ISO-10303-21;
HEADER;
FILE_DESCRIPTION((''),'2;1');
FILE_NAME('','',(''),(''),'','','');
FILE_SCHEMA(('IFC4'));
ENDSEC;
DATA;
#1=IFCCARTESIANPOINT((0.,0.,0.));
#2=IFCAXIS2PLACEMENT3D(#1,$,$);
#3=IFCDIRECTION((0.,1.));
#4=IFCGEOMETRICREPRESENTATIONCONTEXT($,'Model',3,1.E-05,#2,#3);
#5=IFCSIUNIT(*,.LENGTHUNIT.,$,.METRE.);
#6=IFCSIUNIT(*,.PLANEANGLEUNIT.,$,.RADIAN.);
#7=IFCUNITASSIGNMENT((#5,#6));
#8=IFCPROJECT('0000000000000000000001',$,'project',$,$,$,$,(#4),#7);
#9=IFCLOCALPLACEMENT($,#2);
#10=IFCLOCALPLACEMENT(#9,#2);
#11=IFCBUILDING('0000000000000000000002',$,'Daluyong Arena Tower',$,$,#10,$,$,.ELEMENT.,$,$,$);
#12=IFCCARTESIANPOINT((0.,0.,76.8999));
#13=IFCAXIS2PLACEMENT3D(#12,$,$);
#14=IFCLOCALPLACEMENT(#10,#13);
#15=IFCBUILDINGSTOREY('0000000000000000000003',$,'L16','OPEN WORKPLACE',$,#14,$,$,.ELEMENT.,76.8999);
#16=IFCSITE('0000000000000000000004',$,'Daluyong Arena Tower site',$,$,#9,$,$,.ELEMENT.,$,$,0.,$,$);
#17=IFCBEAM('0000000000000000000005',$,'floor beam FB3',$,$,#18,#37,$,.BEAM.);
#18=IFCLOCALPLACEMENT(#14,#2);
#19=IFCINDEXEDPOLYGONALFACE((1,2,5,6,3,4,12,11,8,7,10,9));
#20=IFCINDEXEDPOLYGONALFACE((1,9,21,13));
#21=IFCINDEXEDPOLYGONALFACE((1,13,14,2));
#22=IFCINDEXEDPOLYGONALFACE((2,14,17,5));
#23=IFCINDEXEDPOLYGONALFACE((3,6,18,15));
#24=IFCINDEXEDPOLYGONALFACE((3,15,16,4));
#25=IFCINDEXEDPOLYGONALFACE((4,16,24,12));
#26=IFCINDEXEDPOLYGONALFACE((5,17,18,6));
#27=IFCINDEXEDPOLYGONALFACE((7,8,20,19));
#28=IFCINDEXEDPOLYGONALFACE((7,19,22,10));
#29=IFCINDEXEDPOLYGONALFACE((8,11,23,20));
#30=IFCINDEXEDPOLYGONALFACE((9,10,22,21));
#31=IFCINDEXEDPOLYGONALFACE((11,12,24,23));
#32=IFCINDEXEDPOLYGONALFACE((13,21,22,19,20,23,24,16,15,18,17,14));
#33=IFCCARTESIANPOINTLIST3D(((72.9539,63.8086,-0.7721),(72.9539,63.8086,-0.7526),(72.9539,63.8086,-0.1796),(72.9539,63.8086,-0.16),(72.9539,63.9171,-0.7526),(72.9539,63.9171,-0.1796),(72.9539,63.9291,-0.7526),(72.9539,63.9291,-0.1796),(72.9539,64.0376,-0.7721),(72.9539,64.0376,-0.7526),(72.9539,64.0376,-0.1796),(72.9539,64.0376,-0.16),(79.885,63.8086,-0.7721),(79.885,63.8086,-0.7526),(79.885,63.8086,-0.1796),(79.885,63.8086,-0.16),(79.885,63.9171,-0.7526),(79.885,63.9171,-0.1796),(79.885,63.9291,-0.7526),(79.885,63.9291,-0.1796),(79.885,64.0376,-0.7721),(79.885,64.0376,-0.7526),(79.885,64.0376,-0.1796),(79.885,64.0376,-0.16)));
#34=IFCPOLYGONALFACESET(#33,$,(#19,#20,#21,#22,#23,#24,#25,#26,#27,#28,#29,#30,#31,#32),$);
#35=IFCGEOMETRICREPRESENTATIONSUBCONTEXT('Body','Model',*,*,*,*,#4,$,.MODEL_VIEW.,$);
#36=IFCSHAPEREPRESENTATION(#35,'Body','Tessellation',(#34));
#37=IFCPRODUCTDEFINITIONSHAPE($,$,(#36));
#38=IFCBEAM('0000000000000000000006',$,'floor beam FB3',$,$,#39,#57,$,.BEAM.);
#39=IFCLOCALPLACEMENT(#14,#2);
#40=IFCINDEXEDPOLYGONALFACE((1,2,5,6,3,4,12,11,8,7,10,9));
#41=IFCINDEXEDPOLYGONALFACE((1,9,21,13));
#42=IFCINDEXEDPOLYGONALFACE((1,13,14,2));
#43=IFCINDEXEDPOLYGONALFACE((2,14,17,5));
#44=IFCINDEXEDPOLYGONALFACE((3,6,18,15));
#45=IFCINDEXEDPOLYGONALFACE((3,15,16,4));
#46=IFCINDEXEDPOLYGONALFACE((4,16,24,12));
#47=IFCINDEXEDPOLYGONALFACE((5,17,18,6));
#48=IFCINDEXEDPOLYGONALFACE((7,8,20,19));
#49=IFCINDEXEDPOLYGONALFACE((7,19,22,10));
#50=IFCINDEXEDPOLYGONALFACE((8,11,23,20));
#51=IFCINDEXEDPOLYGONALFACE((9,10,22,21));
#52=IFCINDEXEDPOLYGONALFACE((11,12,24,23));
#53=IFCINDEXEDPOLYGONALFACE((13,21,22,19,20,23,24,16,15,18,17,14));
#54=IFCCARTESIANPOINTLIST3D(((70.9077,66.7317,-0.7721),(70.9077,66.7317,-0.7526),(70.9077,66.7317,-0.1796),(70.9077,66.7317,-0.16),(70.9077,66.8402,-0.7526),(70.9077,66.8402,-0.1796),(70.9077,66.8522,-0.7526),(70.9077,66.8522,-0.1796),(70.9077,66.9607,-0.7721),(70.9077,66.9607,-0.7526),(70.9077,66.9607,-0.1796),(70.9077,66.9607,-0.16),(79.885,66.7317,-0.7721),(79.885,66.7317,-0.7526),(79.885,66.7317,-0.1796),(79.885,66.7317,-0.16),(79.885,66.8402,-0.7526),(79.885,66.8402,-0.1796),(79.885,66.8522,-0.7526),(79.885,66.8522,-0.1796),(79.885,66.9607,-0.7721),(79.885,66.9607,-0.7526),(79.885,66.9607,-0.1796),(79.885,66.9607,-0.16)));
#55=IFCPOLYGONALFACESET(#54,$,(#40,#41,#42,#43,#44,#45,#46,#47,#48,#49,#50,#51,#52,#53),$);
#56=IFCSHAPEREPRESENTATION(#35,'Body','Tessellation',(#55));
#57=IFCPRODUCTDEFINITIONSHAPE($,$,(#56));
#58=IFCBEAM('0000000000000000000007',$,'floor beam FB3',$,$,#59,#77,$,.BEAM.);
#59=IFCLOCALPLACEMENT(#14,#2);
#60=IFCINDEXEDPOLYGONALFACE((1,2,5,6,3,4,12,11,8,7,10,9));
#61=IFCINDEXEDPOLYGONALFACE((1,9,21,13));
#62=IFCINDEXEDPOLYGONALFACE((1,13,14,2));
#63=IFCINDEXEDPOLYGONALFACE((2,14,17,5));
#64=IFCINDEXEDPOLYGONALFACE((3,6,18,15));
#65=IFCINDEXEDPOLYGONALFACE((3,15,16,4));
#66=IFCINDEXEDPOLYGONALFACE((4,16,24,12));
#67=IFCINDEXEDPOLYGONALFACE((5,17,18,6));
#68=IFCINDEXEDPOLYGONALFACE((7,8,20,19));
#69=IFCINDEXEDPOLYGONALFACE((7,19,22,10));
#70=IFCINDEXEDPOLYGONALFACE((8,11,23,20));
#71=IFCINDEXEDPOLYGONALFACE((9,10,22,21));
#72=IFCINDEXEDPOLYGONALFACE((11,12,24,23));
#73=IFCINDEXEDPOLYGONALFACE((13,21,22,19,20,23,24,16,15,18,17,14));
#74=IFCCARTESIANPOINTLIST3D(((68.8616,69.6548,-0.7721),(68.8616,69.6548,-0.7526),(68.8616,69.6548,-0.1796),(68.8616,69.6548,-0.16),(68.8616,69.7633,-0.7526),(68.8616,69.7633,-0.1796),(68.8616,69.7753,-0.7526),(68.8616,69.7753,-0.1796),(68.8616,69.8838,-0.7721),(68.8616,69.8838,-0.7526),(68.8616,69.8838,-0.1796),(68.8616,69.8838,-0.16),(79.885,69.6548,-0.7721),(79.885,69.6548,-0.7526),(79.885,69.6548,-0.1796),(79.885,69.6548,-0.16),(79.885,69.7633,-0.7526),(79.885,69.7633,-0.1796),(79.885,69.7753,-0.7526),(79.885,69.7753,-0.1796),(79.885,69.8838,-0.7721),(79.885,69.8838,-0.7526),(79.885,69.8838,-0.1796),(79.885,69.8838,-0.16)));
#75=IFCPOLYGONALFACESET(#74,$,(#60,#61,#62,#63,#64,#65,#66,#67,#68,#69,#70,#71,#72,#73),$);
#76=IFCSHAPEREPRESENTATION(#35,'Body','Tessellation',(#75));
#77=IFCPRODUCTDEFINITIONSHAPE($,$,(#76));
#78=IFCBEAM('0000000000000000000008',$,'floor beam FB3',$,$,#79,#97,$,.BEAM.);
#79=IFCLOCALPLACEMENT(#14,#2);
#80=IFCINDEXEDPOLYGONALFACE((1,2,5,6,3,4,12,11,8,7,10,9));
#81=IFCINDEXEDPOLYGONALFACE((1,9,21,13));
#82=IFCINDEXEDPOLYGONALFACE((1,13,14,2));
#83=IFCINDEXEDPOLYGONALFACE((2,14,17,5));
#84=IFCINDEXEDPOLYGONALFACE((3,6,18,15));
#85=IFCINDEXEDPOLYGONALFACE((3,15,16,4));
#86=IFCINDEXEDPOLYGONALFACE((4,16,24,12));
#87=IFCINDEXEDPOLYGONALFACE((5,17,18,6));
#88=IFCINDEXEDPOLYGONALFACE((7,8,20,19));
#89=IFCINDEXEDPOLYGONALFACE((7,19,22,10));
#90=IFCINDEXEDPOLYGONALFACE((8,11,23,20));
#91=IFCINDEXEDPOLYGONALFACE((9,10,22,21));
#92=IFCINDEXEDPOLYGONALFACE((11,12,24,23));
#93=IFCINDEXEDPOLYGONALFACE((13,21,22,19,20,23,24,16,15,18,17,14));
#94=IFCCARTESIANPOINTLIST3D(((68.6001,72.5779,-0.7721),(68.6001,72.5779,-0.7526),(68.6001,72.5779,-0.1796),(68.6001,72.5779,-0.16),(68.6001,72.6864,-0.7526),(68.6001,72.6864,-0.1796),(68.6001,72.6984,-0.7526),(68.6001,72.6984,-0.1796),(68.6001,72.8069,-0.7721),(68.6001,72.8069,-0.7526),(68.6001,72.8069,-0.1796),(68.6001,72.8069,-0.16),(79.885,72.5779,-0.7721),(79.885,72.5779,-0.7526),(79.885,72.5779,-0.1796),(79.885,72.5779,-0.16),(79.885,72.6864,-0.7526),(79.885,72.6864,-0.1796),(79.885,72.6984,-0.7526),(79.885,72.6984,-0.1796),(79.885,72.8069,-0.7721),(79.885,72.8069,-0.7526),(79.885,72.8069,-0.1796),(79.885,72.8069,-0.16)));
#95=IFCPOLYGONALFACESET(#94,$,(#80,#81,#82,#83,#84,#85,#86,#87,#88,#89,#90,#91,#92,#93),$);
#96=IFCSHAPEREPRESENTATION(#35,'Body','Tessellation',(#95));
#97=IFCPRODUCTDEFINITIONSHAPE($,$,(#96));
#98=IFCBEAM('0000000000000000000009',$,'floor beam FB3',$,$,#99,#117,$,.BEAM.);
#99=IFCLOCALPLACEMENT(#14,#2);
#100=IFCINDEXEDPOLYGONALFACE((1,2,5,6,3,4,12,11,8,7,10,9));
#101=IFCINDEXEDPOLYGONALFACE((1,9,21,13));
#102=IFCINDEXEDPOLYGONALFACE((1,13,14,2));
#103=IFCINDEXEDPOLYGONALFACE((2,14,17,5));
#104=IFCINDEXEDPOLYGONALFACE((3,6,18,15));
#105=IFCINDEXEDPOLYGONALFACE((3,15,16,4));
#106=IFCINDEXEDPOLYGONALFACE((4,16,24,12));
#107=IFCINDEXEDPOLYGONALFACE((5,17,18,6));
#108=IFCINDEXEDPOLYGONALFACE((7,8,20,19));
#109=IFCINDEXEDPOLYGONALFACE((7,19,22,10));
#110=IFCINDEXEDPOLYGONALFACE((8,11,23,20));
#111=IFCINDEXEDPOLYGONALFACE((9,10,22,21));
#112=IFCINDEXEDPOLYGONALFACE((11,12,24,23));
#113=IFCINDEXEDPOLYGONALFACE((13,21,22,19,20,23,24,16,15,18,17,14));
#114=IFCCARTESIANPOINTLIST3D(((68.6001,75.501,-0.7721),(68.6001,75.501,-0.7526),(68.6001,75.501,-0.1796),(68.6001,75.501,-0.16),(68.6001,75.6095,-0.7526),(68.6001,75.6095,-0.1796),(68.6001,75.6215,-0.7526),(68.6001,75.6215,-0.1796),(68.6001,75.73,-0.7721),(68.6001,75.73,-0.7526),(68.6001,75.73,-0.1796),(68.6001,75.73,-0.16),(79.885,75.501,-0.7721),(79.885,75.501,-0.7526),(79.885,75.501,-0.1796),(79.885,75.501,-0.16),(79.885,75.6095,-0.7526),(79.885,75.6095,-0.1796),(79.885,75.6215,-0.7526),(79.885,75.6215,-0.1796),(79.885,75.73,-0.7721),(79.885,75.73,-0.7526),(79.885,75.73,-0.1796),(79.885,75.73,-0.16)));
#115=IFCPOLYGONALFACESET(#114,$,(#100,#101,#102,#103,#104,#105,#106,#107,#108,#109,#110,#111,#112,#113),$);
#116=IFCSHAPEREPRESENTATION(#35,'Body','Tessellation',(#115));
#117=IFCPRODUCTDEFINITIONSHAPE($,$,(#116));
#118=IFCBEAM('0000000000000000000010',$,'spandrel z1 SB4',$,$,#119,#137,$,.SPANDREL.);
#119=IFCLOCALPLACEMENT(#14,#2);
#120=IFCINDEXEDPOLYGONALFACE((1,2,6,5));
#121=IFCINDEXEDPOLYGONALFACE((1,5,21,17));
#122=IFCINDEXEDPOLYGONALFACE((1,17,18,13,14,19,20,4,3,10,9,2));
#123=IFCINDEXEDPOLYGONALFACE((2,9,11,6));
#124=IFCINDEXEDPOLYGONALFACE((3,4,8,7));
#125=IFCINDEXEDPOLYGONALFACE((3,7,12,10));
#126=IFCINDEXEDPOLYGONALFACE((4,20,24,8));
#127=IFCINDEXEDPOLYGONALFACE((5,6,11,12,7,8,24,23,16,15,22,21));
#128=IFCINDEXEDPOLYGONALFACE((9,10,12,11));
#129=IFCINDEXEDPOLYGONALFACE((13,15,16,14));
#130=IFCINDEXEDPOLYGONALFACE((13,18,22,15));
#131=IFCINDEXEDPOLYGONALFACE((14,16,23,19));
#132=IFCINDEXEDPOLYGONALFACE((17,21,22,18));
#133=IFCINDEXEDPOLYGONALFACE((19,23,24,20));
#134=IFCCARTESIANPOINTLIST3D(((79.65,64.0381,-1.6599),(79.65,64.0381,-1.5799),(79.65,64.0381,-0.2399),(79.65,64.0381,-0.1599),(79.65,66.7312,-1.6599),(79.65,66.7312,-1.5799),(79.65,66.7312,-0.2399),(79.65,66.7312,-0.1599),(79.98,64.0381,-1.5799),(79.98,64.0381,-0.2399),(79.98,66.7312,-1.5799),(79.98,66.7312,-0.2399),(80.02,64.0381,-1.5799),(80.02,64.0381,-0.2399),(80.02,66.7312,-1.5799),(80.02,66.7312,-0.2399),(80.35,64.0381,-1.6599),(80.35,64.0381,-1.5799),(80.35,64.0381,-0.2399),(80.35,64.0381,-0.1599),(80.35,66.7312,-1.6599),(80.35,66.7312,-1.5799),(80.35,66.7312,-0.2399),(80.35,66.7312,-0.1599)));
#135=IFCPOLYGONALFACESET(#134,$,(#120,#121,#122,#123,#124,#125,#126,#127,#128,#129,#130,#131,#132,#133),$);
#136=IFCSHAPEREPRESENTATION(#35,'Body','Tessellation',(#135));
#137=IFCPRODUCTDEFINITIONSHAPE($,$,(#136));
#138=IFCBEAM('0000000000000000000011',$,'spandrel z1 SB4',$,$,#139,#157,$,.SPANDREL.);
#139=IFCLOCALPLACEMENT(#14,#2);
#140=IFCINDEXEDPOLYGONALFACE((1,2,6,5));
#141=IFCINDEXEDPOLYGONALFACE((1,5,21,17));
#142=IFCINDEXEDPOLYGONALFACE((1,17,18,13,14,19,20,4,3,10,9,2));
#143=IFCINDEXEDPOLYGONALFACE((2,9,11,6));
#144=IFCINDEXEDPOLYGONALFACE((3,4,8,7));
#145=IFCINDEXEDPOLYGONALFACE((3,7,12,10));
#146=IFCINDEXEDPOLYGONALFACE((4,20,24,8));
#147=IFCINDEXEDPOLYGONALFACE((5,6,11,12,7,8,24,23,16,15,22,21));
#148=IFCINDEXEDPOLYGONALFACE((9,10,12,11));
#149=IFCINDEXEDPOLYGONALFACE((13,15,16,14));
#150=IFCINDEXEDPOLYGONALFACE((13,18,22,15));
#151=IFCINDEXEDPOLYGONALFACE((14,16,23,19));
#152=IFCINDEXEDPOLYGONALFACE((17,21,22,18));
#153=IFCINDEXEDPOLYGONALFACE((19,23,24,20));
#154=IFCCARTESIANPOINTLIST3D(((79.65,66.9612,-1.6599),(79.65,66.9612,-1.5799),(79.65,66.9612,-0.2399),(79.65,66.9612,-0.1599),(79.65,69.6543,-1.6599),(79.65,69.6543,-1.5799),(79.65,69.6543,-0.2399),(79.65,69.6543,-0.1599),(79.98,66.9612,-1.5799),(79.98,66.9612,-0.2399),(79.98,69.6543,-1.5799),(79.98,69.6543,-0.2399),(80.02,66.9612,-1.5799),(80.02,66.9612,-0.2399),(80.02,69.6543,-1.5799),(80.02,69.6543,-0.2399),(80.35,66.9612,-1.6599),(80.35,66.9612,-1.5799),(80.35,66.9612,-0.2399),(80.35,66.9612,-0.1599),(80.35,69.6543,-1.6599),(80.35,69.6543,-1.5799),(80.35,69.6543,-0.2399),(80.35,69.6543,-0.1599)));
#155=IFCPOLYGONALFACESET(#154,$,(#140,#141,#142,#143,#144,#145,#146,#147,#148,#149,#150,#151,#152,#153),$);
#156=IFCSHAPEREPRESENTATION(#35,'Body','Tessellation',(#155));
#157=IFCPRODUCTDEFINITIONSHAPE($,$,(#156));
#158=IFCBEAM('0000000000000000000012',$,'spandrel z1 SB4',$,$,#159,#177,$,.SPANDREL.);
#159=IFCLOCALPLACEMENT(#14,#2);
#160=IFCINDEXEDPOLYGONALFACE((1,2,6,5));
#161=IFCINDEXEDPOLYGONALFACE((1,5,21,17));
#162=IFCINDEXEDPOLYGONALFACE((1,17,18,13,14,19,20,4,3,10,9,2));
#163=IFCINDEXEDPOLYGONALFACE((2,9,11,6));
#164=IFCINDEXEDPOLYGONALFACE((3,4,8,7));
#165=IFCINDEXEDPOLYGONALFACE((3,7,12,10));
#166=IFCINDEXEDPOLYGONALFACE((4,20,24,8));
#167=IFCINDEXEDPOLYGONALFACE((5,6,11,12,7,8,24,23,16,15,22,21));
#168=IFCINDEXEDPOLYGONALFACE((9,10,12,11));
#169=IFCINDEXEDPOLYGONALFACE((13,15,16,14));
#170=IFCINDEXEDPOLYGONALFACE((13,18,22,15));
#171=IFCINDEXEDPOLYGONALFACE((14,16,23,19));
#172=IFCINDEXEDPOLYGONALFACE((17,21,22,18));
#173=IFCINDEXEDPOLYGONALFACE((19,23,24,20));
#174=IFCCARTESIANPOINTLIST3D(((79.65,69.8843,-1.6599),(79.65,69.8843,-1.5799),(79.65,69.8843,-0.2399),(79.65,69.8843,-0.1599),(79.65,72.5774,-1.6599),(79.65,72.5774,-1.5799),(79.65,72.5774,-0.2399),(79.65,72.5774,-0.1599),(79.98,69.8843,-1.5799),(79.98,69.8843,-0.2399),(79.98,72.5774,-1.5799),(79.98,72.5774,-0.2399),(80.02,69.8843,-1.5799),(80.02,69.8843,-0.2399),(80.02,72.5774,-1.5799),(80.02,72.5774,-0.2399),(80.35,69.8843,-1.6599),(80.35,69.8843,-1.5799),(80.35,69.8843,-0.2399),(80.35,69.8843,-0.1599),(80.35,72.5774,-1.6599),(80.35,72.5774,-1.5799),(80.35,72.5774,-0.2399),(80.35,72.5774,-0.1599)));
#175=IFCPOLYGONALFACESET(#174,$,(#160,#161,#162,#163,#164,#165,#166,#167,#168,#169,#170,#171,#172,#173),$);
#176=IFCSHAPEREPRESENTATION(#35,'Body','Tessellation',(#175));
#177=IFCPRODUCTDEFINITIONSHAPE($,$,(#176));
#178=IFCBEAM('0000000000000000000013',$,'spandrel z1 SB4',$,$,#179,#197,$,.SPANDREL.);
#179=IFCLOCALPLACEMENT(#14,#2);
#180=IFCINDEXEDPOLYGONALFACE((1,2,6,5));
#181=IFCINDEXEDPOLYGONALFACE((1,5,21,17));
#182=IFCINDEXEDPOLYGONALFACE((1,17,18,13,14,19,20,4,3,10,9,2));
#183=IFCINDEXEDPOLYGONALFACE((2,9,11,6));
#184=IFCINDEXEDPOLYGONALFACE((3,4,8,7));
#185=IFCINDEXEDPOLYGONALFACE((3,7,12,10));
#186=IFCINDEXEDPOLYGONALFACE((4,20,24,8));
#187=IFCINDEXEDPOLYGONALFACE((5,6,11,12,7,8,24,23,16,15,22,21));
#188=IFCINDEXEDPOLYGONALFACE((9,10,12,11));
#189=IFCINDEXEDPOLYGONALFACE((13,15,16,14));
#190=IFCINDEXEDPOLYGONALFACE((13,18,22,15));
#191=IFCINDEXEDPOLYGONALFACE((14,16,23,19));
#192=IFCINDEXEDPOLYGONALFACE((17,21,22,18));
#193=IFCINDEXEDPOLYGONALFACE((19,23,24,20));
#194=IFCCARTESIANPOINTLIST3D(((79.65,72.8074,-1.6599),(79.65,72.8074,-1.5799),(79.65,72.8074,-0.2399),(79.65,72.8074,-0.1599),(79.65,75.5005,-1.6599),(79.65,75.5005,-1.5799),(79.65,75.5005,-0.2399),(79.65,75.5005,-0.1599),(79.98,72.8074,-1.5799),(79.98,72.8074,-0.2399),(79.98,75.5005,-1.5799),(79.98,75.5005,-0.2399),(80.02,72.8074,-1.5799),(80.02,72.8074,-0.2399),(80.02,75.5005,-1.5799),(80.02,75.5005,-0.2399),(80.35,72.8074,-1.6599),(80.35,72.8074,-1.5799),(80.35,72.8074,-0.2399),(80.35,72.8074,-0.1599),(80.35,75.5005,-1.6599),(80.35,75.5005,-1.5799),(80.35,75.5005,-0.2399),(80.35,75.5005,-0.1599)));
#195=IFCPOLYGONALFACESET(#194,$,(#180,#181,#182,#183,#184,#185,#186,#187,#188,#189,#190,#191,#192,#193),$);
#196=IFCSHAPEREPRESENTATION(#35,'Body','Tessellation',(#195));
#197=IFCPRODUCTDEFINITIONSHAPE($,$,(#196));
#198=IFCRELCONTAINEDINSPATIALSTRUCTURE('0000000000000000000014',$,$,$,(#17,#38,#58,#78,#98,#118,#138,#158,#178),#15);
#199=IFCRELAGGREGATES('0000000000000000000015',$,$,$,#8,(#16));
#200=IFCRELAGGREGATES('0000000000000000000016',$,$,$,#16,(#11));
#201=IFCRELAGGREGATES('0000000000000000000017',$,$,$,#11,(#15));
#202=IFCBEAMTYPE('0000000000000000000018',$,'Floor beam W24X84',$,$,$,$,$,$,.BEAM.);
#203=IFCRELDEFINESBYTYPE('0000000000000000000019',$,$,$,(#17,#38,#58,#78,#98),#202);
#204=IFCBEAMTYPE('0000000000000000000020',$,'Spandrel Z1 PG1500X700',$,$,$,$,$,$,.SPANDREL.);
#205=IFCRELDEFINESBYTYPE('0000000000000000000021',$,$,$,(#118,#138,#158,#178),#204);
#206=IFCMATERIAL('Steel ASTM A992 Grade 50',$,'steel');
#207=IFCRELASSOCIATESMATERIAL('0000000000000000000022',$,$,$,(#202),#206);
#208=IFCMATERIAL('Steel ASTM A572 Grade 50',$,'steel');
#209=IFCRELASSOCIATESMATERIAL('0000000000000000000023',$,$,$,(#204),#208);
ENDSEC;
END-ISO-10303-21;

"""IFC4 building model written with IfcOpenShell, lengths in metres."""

from ifc_helpers import new_model, si_unit, direction, frame, origin, origin_2d, place, context, subcontext, project, spatial, i_section, extrude, material, material_profile, profile_set, type_object, element, save


model = new_model("IFC4")

# Units and contexts
model_context = context("Model", 3, precision=1e-05, world=origin(), true_north=direction((0.0, 1.0)))
body_context = subcontext(model_context, "Body", "Model", "MODEL_VIEW")
ifc_project = project(units=[si_unit("LENGTHUNIT", "METRE"), si_unit("PLANEANGLEUNIT", "RADIAN")], contexts=[model_context])

# Site, building, storey
site_placement = place(None, origin())
site = spatial("IfcSite", under=ifc_project, at=site_placement, Name="Daluyong Arena Tower site", CompositionType="ELEMENT", RefElevation=0.0)
building_placement = place(site_placement, origin())
building = spatial("IfcBuilding", under=site, at=building_placement, Name="Daluyong Arena Tower", CompositionType="ELEMENT")
storey_placement = place(building_placement, frame((0.0, 0.0, 76.8999)))
storey = spatial("IfcBuildingStorey", under=building, at=storey_placement, Name="L16", Description="OPEN WORKPLACE", CompositionType="ELEMENT", Elevation=76.8999)

# Beams
ifc_material_1 = material(Name="Steel ASTM A992 Grade 50", Category="steel")
ifc_material_profile_1 = material_profile(ifc_material_1, i_section(OverallWidth=0.229, OverallDepth=0.6121, WebThickness=0.012, FlangeThickness=0.0195, at=origin_2d()))
ifc_profile_set_1 = profile_set([ifc_material_profile_1], Name="Steel ASTM A992 Grade 50")
beam_type_1 = type_object("IfcBeamType", Name="Floor beam W24X84", PredefinedType="BEAM", material=ifc_profile_set_1)
beam_1_placement = place(storey_placement, frame((79.885, 63.9231, -0.4661), z_axis=(-1.0, 0.0, 0.0), x_axis=(0.0, -1.0, 0.0)))
element("IfcBeam", 1, at=beam_1_placement, inside=storey, type_object=beam_type_1, Name="floor beam FB3", PredefinedType="BEAM", context=body_context, shape_type="SweptSolid", body=[
    extrude(i_section(OverallWidth=0.229, OverallDepth=0.6121, WebThickness=0.012, FlangeThickness=0.0195, at=origin_2d()), origin(), (0.0, 0.0, 1.0), 6.9312),
])
beam_2_placement = place(storey_placement, frame((79.885, 66.8462, -0.4661), z_axis=(-1.0, 0.0, 0.0), x_axis=(0.0, -1.0, 0.0)))
element("IfcBeam", 2, at=beam_2_placement, inside=storey, type_object=beam_type_1, Name="floor beam FB3", PredefinedType="BEAM", context=body_context, shape_type="SweptSolid", body=[
    extrude(i_section(OverallWidth=0.229, OverallDepth=0.6121, WebThickness=0.012, FlangeThickness=0.0195, at=origin_2d()), origin(), (0.0, 0.0, 1.0), 8.9773),
])
beam_3_placement = place(storey_placement, frame((79.885, 69.7693, -0.4661), z_axis=(-1.0, 0.0, 0.0), x_axis=(0.0, -1.0, 0.0)))
element("IfcBeam", 3, at=beam_3_placement, inside=storey, type_object=beam_type_1, Name="floor beam FB3", PredefinedType="BEAM", context=body_context, shape_type="SweptSolid", body=[
    extrude(i_section(OverallWidth=0.229, OverallDepth=0.6121, WebThickness=0.012, FlangeThickness=0.0195, at=origin_2d()), origin(), (0.0, 0.0, 1.0), 11.0234),
])
for number, where, z_axis, x_axis, name in (
    (4, (79.885, 72.6924, -0.4661), (-1.0, 0.0, 0.0), (0.0, -1.0, 0.0), "floor beam FB3"),
    (5, (79.885, 75.6155, -0.4661), (-1.0, 0.0, 0.0), (0.0, -1.0, 0.0), "floor beam FB3"),
):
    element("IfcBeam", number, at=place(storey_placement, frame(where, z_axis=z_axis, x_axis=x_axis)), inside=storey, type_object=beam_type_1, Name=name, PredefinedType="BEAM", context=body_context, shape_type="SweptSolid", body=[
        extrude(i_section(OverallWidth=0.229, OverallDepth=0.6121, WebThickness=0.012, FlangeThickness=0.0195, at=origin_2d()), origin(), (0.0, 0.0, 1.0), 11.2849),
    ])
ifc_material_2 = material(Name="Steel ASTM A572 Grade 50", Category="steel")
ifc_material_profile_2 = material_profile(ifc_material_2, i_section(OverallWidth=0.7, OverallDepth=1.5, WebThickness=0.04, FlangeThickness=0.08, at=origin_2d()))
ifc_profile_set_2 = profile_set([ifc_material_profile_2], Name="Steel ASTM A572 Grade 50")
beam_type_2 = type_object("IfcBeamType", Name="Spandrel Z1 PG1500X700", PredefinedType="SPANDREL", material=ifc_profile_set_2)
for number, where, z_axis, x_axis, name in (
    (6, (80.0, 64.0381, -0.9099), (0.0, 1.0, 0.0), (-1.0, 0.0, 0.0), "spandrel z1 SB4"),
    (7, (80.0, 66.9612, -0.9099), (0.0, 1.0, 0.0), (-1.0, 0.0, 0.0), "spandrel z1 SB4"),
    (8, (80.0, 69.8843, -0.9099), (0.0, 1.0, 0.0), (-1.0, 0.0, 0.0), "spandrel z1 SB4"),
    (9, (80.0, 72.8074, -0.9099), (0.0, 1.0, 0.0), (-1.0, 0.0, 0.0), "spandrel z1 SB4"),
):
    element("IfcBeam", number, at=place(storey_placement, frame(where, z_axis=z_axis, x_axis=x_axis)), inside=storey, type_object=beam_type_2, Name=name, PredefinedType="SPANDREL", context=body_context, shape_type="SweptSolid", body=[
        extrude(i_section(OverallWidth=0.7, OverallDepth=1.5, WebThickness=0.04, FlangeThickness=0.08, at=origin_2d()), origin(), (0.0, 0.0, 1.0), 2.6931),
    ])

save(model, "model.ifc")
